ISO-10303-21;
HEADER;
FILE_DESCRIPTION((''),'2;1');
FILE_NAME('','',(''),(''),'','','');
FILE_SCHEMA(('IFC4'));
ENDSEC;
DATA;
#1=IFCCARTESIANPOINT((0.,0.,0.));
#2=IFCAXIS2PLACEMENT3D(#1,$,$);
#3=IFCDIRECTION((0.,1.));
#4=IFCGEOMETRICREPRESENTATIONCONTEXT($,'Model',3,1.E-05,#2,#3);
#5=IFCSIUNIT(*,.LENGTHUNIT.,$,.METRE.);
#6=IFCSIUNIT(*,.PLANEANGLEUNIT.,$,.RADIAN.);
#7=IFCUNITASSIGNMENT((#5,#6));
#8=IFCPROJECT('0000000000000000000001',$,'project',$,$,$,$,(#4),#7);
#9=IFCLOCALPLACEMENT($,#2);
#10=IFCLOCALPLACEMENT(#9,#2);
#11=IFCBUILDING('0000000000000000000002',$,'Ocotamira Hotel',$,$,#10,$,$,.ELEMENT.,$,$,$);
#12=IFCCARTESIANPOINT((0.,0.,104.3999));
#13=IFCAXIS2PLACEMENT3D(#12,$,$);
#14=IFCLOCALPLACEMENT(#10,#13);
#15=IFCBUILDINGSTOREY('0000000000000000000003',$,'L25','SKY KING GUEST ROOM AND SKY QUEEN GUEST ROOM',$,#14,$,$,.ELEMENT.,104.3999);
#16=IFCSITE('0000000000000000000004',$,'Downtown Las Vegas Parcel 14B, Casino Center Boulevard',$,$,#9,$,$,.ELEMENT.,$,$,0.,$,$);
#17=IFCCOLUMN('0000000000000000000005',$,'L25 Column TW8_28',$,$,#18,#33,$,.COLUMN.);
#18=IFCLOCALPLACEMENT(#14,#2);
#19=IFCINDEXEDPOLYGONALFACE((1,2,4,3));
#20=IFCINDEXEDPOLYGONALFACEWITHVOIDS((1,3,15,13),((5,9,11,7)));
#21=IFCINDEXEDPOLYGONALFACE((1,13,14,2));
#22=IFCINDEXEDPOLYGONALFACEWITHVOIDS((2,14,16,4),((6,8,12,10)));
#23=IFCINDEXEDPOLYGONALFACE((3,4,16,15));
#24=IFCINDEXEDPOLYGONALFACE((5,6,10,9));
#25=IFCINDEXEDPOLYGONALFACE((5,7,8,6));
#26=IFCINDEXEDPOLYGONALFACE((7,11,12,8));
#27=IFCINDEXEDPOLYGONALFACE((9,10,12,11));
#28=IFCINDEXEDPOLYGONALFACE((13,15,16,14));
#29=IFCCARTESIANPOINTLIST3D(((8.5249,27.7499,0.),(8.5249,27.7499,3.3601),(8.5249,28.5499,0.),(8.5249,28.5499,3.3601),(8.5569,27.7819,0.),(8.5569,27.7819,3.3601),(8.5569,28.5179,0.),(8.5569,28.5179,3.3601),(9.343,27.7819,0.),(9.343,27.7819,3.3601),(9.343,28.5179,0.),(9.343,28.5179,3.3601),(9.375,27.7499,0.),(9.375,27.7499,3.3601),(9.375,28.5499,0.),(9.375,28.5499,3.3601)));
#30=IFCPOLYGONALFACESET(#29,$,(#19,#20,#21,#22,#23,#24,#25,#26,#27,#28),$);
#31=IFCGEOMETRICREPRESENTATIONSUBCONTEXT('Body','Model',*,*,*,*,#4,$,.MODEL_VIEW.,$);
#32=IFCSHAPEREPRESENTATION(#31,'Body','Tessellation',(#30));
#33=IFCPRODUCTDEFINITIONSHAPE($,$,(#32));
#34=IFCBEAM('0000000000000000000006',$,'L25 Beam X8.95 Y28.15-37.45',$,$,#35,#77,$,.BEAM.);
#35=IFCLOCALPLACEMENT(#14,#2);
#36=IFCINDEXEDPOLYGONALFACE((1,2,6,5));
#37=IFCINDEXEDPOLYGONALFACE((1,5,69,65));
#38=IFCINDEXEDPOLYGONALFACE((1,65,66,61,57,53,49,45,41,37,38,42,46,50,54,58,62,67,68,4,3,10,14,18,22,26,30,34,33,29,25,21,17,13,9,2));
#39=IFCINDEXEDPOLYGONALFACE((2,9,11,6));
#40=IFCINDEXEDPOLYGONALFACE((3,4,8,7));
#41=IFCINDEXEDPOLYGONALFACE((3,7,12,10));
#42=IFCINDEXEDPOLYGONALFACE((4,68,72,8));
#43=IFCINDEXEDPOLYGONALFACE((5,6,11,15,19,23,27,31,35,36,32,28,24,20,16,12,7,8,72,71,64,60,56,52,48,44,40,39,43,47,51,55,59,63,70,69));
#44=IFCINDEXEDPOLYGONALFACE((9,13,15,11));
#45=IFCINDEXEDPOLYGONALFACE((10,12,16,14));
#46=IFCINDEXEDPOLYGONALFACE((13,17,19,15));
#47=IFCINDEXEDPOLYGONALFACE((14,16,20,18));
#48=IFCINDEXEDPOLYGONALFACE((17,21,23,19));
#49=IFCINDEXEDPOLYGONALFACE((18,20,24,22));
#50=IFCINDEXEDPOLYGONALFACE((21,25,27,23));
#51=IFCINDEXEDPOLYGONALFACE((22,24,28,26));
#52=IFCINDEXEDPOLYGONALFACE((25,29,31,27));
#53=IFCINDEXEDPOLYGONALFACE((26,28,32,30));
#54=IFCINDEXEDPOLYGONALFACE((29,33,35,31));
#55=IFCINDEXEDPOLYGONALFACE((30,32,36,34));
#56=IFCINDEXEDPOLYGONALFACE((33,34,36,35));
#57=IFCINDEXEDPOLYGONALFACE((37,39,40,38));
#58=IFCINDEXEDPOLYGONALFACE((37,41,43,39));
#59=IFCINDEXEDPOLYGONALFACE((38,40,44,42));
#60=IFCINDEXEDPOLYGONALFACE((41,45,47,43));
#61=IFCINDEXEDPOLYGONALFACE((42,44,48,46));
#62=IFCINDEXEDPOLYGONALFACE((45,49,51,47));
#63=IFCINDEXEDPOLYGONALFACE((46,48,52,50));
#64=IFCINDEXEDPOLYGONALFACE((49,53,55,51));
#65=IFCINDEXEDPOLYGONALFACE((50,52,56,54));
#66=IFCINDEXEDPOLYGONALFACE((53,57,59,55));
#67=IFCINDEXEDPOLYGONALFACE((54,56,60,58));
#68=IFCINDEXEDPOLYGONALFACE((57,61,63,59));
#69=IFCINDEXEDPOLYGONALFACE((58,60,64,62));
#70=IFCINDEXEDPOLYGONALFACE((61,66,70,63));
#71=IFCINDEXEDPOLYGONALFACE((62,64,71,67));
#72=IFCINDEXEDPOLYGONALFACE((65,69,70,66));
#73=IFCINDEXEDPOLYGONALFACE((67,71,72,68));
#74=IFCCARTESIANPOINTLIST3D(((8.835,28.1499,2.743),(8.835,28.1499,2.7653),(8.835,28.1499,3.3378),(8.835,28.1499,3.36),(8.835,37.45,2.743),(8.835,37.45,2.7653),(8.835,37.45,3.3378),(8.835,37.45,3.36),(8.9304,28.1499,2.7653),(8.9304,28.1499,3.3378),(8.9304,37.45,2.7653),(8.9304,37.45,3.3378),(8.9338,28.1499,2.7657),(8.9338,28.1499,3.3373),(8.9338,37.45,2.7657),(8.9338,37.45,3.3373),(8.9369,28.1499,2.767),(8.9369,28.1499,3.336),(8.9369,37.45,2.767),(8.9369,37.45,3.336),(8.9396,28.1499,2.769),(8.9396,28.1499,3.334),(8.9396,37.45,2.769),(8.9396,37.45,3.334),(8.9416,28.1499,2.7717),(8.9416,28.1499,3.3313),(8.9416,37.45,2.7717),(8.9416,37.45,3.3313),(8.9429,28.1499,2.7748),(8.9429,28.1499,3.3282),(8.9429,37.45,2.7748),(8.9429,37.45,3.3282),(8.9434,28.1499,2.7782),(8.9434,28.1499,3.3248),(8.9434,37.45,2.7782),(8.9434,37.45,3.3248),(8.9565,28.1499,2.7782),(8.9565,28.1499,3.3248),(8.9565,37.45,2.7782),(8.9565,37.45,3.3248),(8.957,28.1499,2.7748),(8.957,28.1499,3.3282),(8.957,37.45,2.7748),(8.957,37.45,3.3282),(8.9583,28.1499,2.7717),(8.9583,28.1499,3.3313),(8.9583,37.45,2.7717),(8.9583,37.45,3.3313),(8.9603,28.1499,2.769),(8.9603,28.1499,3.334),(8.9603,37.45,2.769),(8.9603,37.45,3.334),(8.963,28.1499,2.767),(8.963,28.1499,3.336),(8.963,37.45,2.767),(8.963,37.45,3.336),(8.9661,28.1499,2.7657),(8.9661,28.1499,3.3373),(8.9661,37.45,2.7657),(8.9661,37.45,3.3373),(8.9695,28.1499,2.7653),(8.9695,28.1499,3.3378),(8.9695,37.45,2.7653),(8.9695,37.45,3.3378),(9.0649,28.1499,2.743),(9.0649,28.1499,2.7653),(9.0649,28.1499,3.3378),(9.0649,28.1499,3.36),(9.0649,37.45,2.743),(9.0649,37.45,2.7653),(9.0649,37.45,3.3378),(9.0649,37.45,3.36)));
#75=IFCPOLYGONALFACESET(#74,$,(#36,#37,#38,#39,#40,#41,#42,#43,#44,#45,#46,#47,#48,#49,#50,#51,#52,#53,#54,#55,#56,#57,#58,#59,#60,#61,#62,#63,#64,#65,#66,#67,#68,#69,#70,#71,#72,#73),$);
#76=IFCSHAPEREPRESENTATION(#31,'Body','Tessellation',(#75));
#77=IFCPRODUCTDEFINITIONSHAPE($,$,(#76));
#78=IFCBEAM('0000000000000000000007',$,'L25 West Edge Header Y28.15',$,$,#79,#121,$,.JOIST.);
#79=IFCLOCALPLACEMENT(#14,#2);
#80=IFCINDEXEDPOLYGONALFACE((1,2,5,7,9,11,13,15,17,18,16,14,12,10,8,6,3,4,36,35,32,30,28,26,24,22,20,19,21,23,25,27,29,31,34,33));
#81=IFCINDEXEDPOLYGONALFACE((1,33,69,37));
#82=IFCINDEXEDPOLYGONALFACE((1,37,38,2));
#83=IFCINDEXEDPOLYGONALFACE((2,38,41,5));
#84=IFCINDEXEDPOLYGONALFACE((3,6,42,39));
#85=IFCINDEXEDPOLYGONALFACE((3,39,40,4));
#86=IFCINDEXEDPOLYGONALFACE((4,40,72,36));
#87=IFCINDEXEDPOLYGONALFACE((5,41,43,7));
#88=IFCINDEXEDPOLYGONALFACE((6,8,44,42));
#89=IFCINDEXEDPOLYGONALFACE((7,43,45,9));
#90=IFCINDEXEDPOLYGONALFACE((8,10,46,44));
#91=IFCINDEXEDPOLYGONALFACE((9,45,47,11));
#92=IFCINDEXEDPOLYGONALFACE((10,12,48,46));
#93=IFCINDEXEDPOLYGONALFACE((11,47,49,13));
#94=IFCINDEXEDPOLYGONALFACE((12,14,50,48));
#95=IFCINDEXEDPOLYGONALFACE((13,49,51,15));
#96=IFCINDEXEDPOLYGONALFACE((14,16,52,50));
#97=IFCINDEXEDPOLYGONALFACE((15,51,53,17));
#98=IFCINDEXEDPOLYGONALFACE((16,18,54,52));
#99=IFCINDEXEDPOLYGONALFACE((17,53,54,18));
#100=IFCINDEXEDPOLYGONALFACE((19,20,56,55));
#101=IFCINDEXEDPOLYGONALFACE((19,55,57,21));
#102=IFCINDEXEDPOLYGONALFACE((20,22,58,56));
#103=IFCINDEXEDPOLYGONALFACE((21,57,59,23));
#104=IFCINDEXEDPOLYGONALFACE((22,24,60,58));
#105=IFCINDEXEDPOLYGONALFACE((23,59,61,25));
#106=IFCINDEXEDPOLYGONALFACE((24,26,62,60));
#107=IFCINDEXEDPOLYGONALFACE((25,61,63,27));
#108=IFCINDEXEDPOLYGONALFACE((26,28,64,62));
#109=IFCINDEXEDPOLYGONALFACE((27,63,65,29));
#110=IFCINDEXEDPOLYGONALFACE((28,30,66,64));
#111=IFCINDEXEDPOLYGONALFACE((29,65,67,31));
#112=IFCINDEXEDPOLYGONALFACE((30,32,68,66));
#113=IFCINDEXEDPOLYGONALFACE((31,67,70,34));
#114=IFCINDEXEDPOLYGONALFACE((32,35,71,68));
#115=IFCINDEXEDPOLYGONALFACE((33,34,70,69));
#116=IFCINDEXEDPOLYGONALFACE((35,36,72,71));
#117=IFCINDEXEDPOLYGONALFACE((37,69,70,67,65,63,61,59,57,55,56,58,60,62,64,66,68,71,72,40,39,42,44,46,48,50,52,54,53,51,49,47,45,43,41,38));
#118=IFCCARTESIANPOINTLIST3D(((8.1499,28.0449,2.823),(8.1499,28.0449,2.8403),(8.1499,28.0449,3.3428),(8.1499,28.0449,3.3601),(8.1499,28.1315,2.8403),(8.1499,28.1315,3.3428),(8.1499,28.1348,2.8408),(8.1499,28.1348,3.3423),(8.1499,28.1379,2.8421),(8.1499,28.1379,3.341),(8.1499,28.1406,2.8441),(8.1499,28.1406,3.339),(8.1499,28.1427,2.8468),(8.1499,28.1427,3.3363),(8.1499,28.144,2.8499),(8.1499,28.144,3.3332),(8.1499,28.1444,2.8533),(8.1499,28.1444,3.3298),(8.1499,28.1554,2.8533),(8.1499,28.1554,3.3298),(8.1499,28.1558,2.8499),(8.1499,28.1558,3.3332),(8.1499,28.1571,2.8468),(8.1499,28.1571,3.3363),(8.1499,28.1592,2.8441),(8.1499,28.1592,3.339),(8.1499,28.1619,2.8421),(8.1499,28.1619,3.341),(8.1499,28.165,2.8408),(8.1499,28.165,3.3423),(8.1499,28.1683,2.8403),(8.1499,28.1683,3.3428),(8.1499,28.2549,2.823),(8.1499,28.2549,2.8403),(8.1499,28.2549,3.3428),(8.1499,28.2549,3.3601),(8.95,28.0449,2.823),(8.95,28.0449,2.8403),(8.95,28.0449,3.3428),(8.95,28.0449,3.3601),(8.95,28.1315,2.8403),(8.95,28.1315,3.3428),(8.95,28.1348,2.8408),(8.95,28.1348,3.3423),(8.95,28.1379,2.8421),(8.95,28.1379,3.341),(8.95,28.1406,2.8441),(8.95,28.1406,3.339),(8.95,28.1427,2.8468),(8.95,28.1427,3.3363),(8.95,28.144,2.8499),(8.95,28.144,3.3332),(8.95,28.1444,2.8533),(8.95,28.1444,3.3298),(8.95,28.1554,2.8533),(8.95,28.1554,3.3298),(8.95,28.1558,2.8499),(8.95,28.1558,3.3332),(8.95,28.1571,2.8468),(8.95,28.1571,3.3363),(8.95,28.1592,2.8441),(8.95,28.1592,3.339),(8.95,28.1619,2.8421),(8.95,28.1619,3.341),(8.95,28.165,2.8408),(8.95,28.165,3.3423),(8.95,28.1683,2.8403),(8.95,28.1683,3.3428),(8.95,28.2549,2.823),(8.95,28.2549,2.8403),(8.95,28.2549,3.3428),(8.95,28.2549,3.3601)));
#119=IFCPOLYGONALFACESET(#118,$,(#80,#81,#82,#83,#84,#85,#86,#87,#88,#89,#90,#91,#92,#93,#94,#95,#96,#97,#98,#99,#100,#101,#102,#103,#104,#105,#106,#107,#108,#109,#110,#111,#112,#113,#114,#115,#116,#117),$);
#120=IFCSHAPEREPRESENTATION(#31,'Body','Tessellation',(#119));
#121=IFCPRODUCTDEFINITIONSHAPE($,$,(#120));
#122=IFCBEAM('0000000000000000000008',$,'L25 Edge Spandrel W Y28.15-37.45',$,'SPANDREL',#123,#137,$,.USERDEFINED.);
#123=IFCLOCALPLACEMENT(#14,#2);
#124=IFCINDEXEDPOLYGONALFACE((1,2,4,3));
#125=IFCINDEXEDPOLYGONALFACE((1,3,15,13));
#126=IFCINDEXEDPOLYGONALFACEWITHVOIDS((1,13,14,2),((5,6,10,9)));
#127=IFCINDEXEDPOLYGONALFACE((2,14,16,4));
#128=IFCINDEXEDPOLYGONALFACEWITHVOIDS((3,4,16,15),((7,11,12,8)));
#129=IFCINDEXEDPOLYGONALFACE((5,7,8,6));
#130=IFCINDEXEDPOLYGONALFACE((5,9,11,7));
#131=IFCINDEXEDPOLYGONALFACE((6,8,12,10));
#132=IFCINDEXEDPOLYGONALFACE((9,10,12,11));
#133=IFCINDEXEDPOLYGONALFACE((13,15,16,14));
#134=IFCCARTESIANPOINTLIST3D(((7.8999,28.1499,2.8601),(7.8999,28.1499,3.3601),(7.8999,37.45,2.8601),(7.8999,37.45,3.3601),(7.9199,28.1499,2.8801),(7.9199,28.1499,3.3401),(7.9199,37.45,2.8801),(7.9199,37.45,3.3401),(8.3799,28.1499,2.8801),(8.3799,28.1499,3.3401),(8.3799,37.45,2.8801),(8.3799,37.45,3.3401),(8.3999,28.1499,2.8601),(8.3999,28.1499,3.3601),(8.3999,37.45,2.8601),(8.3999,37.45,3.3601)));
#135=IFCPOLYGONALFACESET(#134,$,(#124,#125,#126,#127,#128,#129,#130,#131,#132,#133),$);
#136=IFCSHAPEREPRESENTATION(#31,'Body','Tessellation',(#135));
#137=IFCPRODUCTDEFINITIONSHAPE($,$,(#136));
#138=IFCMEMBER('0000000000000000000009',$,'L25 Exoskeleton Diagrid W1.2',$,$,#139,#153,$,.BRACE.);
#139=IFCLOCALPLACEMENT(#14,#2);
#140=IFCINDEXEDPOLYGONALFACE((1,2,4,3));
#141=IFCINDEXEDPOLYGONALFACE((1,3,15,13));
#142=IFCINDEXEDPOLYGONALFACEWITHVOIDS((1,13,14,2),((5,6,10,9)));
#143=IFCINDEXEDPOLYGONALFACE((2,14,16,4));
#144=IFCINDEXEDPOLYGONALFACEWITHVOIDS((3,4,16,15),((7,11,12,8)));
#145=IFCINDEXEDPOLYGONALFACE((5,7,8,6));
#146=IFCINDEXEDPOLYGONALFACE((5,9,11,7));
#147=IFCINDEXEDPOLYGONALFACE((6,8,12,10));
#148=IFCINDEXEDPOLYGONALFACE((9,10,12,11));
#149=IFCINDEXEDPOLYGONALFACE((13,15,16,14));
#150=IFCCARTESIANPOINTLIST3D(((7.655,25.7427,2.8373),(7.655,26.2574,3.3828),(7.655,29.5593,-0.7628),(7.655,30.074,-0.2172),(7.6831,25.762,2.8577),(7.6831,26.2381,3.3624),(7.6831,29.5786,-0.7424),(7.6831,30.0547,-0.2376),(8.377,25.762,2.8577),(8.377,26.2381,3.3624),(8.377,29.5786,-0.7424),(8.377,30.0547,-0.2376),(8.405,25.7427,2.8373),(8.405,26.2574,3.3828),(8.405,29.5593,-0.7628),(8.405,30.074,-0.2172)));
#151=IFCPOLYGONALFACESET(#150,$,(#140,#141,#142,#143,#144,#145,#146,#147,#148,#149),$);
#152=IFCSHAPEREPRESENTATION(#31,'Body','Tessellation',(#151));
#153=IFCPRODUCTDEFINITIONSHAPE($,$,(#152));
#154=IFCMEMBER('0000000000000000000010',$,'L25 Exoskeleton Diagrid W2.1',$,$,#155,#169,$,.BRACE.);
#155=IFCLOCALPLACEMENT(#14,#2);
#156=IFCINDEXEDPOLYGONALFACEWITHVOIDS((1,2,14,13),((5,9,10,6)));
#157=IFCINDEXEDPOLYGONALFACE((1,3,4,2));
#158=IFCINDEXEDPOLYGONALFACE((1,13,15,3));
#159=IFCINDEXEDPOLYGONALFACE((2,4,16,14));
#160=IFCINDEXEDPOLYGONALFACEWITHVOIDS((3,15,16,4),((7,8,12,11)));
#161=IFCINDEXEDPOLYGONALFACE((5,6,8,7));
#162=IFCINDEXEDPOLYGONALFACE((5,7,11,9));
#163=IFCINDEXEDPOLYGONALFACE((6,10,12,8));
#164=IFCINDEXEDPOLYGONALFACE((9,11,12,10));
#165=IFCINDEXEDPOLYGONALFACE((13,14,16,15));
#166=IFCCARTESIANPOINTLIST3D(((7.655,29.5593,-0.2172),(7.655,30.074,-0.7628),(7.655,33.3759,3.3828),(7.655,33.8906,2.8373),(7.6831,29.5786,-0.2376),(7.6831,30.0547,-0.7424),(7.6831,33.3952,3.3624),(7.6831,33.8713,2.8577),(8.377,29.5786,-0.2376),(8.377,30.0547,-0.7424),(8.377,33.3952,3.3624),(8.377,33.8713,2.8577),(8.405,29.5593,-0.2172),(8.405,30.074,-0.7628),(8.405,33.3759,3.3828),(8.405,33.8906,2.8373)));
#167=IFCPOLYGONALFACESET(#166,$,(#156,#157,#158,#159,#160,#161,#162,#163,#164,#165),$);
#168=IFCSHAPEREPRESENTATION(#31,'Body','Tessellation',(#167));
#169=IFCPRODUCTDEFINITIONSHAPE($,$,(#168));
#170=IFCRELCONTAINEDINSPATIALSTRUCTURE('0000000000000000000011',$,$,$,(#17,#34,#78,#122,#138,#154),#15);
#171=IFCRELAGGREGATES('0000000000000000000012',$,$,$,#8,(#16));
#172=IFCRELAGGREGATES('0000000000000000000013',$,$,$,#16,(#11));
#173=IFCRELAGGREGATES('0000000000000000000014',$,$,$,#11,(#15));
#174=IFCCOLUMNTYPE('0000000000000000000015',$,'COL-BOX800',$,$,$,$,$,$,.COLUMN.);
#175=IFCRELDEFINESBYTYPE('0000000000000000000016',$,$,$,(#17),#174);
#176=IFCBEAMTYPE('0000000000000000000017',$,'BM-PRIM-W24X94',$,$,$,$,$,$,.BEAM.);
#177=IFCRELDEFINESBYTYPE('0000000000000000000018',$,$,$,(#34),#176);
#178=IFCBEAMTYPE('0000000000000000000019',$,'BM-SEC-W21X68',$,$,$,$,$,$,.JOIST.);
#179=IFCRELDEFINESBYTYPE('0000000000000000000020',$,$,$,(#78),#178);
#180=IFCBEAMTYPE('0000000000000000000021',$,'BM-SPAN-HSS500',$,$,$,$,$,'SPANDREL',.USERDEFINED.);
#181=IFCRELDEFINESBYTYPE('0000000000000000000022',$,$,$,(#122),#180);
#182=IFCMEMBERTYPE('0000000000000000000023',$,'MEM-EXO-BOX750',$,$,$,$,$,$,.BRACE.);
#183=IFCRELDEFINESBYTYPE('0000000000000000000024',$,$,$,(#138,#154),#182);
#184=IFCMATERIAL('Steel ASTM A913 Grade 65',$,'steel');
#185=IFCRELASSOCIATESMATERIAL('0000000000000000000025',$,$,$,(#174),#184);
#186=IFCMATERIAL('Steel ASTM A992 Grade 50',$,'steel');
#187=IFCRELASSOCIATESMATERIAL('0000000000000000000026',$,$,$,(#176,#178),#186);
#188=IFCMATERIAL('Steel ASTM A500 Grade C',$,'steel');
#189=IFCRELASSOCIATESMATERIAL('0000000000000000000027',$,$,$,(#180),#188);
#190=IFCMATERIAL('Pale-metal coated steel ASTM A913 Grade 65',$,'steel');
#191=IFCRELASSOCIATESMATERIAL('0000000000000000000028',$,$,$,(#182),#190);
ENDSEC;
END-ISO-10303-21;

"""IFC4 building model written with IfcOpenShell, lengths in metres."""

from ifc_helpers import new_model, si_unit, direction, frame, origin, origin_2d, place, context, subcontext, project, spatial, hollow_rectangle, i_section, extrude, source, transform, mapped, material, material_profile, profile_set, type_object, element, save


model = new_model("IFC4")

# Units and contexts
model_context = context("Model", 3, precision=1e-05, world=origin(), true_north=direction((0.0, 1.0)))
body_context = subcontext(model_context, "Body", "Model", "MODEL_VIEW")
ifc_project = project(units=[si_unit("LENGTHUNIT", "METRE"), si_unit("PLANEANGLEUNIT", "RADIAN")], contexts=[model_context])

# Site, building, storey
site_placement = place(None, origin())
site = spatial("IfcSite", under=ifc_project, at=site_placement, Name="Downtown Las Vegas Parcel 14B, Casino Center Boulevard", CompositionType="ELEMENT", RefElevation=0.0)
building_placement = place(site_placement, origin())
building = spatial("IfcBuilding", under=site, at=building_placement, Name="Ocotamira Hotel", CompositionType="ELEMENT")
storey_placement = place(building_placement, frame((0.0, 0.0, 104.3999)))
storey = spatial("IfcBuildingStorey", under=building, at=storey_placement, Name="L25", Description="SKY KING GUEST ROOM AND SKY QUEEN GUEST ROOM", CompositionType="ELEMENT", Elevation=104.3999)

# Column
ifc_material_1 = material(Name="Steel ASTM A913 Grade 65", Category="steel")
ifc_material_profile_1 = material_profile(ifc_material_1, hollow_rectangle(XDim=0.8501, YDim=0.8, WallThickness=0.032, at=origin_2d()), Name="BOX800X850X32")
ifc_profile_set_1 = profile_set([ifc_material_profile_1], Name="Steel ASTM A913 Grade 65")
column_type = type_object("IfcColumnType", Name="COL-BOX800", PredefinedType="COLUMN", material=ifc_profile_set_1)
shared_shape_1 = source(origin(), body_context, "Body", "SweptSolid", [
    extrude(hollow_rectangle(XDim=0.8501, YDim=0.8, WallThickness=0.032, at=origin_2d()), origin(), (0.0, 0.0, 1.0), 3.3601),
])
column_placement = place(storey_placement, frame((8.95, 28.1499, 0.0), z_axis=(0.0, 0.0, 1.0), x_axis=(1.0, 0.0, 0.0)))
element("IfcColumn", 1, at=column_placement, inside=storey, type_object=column_type, Name="L25 Column TW8_28", PredefinedType="COLUMN", context=body_context, shape_type="MappedRepresentation", body=[
    mapped(shared_shape_1, transform((0.0, 0.0, 0.0), scale=1.0)),
])

# Beams
ifc_material_2 = material(Name="Steel ASTM A992 Grade 50", Category="steel")
ifc_material_profile_2 = material_profile(ifc_material_2, i_section(OverallWidth=0.23, OverallDepth=0.6169, WebThickness=0.0132, FlangeThickness=0.0222, FilletRadius=0.0129, at=origin_2d()), Name="W24X94")
ifc_profile_set_2 = profile_set([ifc_material_profile_2], Name="Steel ASTM A992 Grade 50")
beam_type_1 = type_object("IfcBeamType", Name="BM-PRIM-W24X94", PredefinedType="BEAM", material=ifc_profile_set_2)
shared_shape_2 = source(origin(), body_context, "Body", "SweptSolid", [
    extrude(i_section(OverallWidth=0.23, OverallDepth=0.6169, WebThickness=0.0132, FlangeThickness=0.0222, FilletRadius=0.0129, at=origin_2d()), origin(), (0.0, 0.0, 1.0), 9.3),
])
beam_1_placement = place(storey_placement, frame((8.95, 28.1499, 3.0515), z_axis=(0.0, 1.0, 0.0), x_axis=(-1.0, 0.0, 0.0)))
element("IfcBeam", 2, at=beam_1_placement, inside=storey, type_object=beam_type_1, Name="L25 Beam X8.95 Y28.15-37.45", PredefinedType="BEAM", context=body_context, shape_type="MappedRepresentation", body=[
    mapped(shared_shape_2, transform((0.0, 0.0, 0.0), scale=1.0)),
])
ifc_material_profile_3 = material_profile(ifc_material_2, i_section(OverallWidth=0.21, OverallDepth=0.5371, WebThickness=0.011, FlangeThickness=0.0173, FilletRadius=0.0129, at=origin_2d()), Name="W21X68")
ifc_profile_set_3 = profile_set([ifc_material_profile_3], Name="Steel ASTM A992 Grade 50")
beam_type_2 = type_object("IfcBeamType", Name="BM-SEC-W21X68", PredefinedType="JOIST", material=ifc_profile_set_3)
shared_shape_3 = source(origin(), body_context, "Body", "SweptSolid", [
    extrude(i_section(OverallWidth=0.21, OverallDepth=0.5371, WebThickness=0.011, FlangeThickness=0.0173, FilletRadius=0.0129, at=origin_2d()), origin(), (0.0, 0.0, 1.0), 0.8),
])
beam_2_placement = place(storey_placement, frame((8.95, 28.1499, 3.0916), z_axis=(-1.0, 0.0, 0.0), x_axis=(0.0, -1.0, 0.0)))
element("IfcBeam", 3, at=beam_2_placement, inside=storey, type_object=beam_type_2, Name="L25 West Edge Header Y28.15", PredefinedType="JOIST", context=body_context, shape_type="MappedRepresentation", body=[
    mapped(shared_shape_3, transform((0.0, 0.0, 0.0), scale=1.0)),
])
ifc_material_3 = material(Name="Steel ASTM A500 Grade C", Category="steel")
ifc_material_profile_4 = material_profile(ifc_material_3, hollow_rectangle(XDim=0.5, YDim=0.5, WallThickness=0.02, at=origin_2d()), Name="HSS500X500X20")
ifc_profile_set_4 = profile_set([ifc_material_profile_4], Name="Steel ASTM A500 Grade C")
beam_type_3 = type_object("IfcBeamType", Name="BM-SPAN-HSS500", ElementType="SPANDREL", PredefinedType="USERDEFINED", material=ifc_profile_set_4)
shared_shape_4 = source(origin(), body_context, "Body", "SweptSolid", [
    extrude(hollow_rectangle(XDim=0.5, YDim=0.5, WallThickness=0.02, at=origin_2d()), origin(), (0.0, 0.0, 1.0), 9.3),
])
beam_3_placement = place(storey_placement, frame((8.1499, 28.1499, 3.1101), z_axis=(0.0, 1.0, 0.0), x_axis=(-1.0, 0.0, 0.0)))
element("IfcBeam", 4, at=beam_3_placement, inside=storey, type_object=beam_type_3, Name="L25 Edge Spandrel W Y28.15-37.45", ObjectType="SPANDREL", PredefinedType="USERDEFINED", context=body_context, shape_type="MappedRepresentation", body=[
    mapped(shared_shape_4, transform((0.0, 0.0, 0.0), scale=1.0)),
])

# Members
ifc_material_4 = material(Name="Pale-metal coated steel ASTM A913 Grade 65", Category="steel")
ifc_material_profile_5 = material_profile(ifc_material_4, hollow_rectangle(XDim=0.75, YDim=0.75, WallThickness=0.0281, at=origin_2d()), Name="BOX750X750X28")
ifc_profile_set_5 = profile_set([ifc_material_profile_5], Name="Pale-metal coated steel ASTM A913 Grade 65")
member_type_1 = type_object("IfcMemberType", Name="MEM-EXO-BOX750", PredefinedType="BRACE", material=ifc_profile_set_5)
shared_shape_5 = source(origin(), body_context, "Body", "SweptSolid", [
    extrude(hollow_rectangle(XDim=0.75, YDim=0.75, WallThickness=0.0281, at=origin_2d()), origin(), (0.0, 0.0, 1.0), 5.2466),
])
for number, where, z_axis, x_axis, name in (
    (5, (8.03, 29.8167, -0.49), (0.0, -0.727443, 0.686168), (1.0, 0.0, 0.0), "L25 Exoskeleton Diagrid W1.2"),
    (6, (8.03, 29.8167, -0.49), (0.0, 0.727443, 0.686168), (-1.0, 0.0, 0.0), "L25 Exoskeleton Diagrid W2.1"),
):
    element("IfcMember", number, at=place(storey_placement, frame(where, z_axis=z_axis, x_axis=x_axis)), inside=storey, type_object=member_type_1, Name=name, PredefinedType="BRACE", context=body_context, shape_type="MappedRepresentation", body=[
        mapped(shared_shape_5, transform((0.0, 0.0, 0.0), scale=1.0)),
    ])

save(model, "model.ifc")
